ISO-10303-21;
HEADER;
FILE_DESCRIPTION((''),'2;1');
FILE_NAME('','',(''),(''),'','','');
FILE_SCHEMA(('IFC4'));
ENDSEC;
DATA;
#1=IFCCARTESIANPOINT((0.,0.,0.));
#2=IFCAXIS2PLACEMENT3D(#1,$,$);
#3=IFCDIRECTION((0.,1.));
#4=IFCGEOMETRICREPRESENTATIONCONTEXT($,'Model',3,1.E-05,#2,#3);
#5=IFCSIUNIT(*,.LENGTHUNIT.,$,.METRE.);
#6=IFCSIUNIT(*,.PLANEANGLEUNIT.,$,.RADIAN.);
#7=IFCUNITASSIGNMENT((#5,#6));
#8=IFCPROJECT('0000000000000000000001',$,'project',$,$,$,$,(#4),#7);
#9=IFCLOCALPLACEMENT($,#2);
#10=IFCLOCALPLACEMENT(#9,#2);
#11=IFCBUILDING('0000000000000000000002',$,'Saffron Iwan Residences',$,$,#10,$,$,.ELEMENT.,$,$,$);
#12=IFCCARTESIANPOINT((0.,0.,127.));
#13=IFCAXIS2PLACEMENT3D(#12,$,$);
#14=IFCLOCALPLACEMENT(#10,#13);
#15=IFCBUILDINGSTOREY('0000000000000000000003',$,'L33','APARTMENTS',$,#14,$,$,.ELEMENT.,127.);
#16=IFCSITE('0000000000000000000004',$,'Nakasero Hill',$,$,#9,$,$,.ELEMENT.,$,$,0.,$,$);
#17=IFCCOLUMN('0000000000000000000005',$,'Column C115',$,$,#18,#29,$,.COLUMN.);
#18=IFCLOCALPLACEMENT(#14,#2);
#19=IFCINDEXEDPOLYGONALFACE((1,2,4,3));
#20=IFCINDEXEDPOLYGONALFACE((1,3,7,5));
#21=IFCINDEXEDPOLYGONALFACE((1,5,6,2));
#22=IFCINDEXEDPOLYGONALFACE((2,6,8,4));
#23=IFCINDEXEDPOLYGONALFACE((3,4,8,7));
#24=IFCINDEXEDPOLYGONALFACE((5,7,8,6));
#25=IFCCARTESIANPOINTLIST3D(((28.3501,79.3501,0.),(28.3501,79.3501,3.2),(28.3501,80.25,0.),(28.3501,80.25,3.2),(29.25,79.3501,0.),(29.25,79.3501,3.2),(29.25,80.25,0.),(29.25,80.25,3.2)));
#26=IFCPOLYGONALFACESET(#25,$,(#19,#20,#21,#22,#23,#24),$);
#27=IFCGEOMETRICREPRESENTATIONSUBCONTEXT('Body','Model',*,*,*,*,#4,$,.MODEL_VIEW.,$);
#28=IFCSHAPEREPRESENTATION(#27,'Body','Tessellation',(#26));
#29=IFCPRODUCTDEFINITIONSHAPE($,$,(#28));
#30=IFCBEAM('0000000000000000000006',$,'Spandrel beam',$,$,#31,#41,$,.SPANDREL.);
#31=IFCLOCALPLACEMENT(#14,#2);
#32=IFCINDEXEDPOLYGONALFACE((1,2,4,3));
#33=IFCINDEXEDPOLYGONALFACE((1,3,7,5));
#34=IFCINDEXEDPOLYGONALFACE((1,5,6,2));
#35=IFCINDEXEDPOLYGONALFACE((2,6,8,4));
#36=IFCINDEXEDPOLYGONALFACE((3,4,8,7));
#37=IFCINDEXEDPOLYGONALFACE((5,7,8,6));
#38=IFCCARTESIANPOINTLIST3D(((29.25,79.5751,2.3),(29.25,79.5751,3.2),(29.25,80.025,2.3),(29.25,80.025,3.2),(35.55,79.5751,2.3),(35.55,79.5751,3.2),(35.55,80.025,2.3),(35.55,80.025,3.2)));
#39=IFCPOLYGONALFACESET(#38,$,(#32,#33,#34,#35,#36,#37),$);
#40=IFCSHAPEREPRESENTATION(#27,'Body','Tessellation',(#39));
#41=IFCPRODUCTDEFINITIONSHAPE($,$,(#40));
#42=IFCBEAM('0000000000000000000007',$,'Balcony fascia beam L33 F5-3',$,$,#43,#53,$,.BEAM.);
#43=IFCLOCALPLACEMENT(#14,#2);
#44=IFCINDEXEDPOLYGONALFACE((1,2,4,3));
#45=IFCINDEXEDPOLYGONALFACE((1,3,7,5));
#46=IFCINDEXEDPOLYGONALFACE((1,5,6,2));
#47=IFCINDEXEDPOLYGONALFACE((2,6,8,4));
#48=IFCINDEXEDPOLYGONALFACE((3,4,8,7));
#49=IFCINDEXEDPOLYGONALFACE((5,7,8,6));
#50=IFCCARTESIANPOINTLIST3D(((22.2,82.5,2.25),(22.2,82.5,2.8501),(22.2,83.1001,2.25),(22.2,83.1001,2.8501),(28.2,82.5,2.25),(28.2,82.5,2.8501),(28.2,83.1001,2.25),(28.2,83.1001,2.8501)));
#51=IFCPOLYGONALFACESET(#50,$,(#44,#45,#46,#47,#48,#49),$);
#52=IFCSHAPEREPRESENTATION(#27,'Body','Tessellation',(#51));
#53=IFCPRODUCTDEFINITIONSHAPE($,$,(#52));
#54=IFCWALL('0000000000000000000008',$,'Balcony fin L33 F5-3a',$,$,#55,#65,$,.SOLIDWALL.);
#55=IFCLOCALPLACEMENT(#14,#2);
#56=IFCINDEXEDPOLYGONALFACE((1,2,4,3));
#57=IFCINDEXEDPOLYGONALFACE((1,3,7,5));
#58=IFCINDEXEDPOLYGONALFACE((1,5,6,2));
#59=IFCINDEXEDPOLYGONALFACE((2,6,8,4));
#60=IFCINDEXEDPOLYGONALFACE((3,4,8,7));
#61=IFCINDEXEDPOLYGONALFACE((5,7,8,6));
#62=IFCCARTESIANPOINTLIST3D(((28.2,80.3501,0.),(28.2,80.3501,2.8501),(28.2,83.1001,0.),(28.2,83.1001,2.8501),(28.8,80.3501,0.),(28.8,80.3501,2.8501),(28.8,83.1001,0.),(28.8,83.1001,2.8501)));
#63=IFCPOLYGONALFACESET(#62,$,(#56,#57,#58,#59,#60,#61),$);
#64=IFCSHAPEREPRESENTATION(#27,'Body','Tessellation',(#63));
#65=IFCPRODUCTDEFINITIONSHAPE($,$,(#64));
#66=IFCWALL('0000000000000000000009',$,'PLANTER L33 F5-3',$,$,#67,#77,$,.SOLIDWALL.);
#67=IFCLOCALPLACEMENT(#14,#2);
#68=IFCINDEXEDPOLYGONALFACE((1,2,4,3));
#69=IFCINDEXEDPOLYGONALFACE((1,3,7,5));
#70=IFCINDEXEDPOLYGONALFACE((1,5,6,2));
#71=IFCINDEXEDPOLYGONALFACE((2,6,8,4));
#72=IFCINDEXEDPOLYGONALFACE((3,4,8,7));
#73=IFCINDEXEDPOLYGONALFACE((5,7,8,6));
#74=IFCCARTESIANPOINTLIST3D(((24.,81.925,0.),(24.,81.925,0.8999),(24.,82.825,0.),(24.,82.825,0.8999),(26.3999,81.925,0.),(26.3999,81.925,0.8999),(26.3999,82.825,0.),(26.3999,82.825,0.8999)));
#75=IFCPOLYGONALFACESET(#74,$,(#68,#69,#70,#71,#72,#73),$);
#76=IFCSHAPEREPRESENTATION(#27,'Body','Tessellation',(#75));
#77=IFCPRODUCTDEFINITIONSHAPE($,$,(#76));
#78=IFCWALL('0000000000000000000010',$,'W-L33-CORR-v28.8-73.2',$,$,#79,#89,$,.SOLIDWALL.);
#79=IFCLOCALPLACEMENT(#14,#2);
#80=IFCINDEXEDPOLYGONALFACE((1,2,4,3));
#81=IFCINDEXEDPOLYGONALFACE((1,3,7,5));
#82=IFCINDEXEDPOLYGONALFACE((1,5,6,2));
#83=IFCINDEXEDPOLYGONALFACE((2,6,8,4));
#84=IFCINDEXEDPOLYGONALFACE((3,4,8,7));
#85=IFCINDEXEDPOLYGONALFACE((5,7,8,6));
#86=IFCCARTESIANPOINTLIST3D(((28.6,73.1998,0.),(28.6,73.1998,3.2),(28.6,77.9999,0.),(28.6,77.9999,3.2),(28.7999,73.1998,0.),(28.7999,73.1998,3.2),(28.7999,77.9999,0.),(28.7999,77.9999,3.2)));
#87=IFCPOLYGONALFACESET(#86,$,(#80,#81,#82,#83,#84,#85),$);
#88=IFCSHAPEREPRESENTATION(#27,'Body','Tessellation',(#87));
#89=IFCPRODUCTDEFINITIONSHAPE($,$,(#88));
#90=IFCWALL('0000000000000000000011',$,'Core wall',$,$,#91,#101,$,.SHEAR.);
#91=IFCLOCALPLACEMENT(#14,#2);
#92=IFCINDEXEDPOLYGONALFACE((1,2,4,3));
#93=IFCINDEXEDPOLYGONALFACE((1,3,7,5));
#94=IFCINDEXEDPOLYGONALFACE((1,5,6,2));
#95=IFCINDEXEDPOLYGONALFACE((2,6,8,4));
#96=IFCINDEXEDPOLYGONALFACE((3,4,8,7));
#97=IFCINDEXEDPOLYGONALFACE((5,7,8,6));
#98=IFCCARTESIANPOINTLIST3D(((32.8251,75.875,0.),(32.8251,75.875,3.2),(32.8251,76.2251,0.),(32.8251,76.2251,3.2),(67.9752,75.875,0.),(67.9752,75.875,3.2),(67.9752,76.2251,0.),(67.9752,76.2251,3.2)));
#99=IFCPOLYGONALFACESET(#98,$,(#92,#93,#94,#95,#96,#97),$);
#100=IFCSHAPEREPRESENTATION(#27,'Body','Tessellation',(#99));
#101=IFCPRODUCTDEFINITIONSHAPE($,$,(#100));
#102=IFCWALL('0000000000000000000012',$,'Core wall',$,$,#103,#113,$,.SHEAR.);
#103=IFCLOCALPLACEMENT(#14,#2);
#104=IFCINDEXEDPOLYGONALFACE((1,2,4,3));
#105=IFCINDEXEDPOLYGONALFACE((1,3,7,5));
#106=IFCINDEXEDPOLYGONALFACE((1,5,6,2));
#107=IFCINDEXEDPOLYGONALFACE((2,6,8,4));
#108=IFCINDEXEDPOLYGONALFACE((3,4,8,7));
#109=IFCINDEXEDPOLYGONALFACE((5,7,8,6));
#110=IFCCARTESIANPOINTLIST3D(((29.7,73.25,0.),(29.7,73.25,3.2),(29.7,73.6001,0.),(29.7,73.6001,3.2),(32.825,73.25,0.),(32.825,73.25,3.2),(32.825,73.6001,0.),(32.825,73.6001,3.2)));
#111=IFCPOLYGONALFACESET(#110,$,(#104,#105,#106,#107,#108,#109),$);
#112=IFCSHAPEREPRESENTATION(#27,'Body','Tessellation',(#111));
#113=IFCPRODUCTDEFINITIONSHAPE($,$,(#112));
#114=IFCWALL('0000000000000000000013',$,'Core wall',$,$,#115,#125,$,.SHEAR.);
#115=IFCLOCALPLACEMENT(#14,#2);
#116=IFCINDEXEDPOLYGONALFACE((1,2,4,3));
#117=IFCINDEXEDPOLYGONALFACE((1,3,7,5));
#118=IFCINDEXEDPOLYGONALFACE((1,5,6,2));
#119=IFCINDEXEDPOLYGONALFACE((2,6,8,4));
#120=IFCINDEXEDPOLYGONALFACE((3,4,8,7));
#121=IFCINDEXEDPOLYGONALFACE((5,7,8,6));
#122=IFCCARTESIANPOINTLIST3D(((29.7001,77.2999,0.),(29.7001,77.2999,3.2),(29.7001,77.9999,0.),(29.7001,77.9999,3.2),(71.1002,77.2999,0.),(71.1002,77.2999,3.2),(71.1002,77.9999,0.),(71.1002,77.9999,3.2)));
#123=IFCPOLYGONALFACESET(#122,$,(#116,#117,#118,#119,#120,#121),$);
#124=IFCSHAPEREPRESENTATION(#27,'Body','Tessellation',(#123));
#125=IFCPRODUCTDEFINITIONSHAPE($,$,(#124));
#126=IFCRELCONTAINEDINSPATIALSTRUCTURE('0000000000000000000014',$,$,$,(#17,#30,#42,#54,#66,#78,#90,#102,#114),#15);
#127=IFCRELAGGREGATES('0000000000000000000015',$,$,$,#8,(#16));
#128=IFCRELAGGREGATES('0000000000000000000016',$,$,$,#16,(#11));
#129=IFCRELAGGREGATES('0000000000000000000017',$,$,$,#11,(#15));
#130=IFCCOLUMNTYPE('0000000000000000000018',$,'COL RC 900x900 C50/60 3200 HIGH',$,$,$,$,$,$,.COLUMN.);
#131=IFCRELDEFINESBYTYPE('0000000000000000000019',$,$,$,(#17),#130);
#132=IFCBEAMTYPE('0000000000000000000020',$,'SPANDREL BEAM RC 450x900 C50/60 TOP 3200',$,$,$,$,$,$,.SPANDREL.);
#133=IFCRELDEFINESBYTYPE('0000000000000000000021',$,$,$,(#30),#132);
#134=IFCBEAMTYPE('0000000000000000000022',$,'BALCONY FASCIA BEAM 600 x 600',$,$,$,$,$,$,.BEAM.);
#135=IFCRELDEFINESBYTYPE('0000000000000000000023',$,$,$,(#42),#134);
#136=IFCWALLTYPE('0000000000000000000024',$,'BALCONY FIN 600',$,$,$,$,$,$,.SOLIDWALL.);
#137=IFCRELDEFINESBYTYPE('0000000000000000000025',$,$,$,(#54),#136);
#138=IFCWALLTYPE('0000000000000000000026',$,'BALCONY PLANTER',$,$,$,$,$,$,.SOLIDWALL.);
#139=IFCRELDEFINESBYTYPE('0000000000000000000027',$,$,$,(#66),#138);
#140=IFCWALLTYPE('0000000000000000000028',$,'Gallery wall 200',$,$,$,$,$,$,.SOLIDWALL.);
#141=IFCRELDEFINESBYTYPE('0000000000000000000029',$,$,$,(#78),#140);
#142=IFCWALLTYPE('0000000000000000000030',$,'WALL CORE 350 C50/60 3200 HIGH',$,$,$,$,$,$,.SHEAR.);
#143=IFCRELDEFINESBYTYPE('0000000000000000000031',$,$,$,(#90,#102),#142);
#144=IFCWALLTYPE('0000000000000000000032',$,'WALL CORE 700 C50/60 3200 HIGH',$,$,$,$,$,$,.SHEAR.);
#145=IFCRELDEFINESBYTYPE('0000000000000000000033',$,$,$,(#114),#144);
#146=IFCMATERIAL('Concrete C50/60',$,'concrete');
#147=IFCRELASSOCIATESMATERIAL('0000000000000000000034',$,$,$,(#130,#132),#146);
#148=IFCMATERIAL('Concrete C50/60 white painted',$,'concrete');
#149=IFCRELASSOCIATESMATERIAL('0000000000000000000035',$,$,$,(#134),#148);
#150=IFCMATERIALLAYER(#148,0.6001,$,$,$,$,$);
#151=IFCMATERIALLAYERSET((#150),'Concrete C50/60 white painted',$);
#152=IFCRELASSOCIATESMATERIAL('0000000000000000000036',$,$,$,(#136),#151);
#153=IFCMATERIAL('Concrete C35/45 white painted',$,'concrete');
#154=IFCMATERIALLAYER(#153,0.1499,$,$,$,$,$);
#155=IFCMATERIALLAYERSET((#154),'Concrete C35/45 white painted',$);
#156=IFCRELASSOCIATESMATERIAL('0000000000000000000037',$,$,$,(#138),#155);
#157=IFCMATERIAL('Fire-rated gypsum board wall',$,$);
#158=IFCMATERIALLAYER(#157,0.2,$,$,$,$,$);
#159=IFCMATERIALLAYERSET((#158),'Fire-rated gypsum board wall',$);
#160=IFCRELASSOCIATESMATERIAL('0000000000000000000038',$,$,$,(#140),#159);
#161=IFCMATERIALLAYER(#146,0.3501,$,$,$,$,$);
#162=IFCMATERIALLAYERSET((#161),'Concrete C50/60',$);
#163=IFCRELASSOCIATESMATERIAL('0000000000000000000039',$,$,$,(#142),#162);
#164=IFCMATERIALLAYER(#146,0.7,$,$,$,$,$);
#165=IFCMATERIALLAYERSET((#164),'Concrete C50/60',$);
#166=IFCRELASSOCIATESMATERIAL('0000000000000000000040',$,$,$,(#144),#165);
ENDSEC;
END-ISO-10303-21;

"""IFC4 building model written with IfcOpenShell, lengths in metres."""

from ifc_helpers import new_model, si_unit, direction, frame, frame_2d, origin, origin_2d, place, context, subcontext, project, spatial, rectangle, extrude, source, transform, mapped, material, layer, layer_set, material_profile, profile_set, type_object, element, save


model = new_model("IFC4")

# Units and contexts
model_context = context("Model", 3, precision=1e-05, world=origin(), true_north=direction((0.0, 1.0)))
body_context = subcontext(model_context, "Body", "Model", "MODEL_VIEW")
ifc_project = project(units=[si_unit("LENGTHUNIT", "METRE"), si_unit("PLANEANGLEUNIT", "RADIAN")], contexts=[model_context])

# Site, building, storey
site_placement = place(None, origin())
site = spatial("IfcSite", under=ifc_project, at=site_placement, Name="Nakasero Hill", CompositionType="ELEMENT", RefElevation=0.0)
building_placement = place(site_placement, origin())
building = spatial("IfcBuilding", under=site, at=building_placement, Name="Saffron Iwan Residences", CompositionType="ELEMENT")
storey_placement = place(building_placement, frame((0.0, 0.0, 127.0)))
storey = spatial("IfcBuildingStorey", under=building, at=storey_placement, Name="L33", Description="APARTMENTS", CompositionType="ELEMENT", Elevation=127.0)

# Column
ifc_material_1 = material(Name="Concrete C50/60", Category="concrete")
ifc_material_profile_1 = material_profile(ifc_material_1, rectangle(XDim=0.8999, YDim=0.8999, at=origin_2d()), Name="RC 900x900")
ifc_profile_set_1 = profile_set([ifc_material_profile_1], Name="Concrete C50/60")
column_type = type_object("IfcColumnType", Name="COL RC 900x900 C50/60 3200 HIGH", PredefinedType="COLUMN", material=ifc_profile_set_1)
shared_shape_1 = source(origin(), body_context, "Body", "SweptSolid", [
    extrude(rectangle(XDim=0.8999, YDim=0.8999, at=origin_2d()), origin(), (0.0, 0.0, 1.0), 3.2),
])
column_placement = place(storey_placement, frame((28.8, 79.8, 0.0), z_axis=(0.0, 0.0, 1.0), x_axis=(1.0, 0.0, 0.0)))
element("IfcColumn", 1, at=column_placement, inside=storey, type_object=column_type, Name="Column C115", PredefinedType="COLUMN", context=body_context, shape_type="MappedRepresentation", body=[
    mapped(shared_shape_1, transform((0.0, 0.0, 0.0))),
])

# Beams
ifc_material_profile_2 = material_profile(ifc_material_1, rectangle(XDim=0.45, YDim=0.8999, at=origin_2d()), Name="RC 450x900")
ifc_profile_set_2 = profile_set([ifc_material_profile_2], Name="Concrete C50/60")
beam_type_1 = type_object("IfcBeamType", Name="SPANDREL BEAM RC 450x900 C50/60 TOP 3200", PredefinedType="SPANDREL", material=ifc_profile_set_2)
shared_shape_2 = source(origin(), body_context, "Body", "SweptSolid", [
    extrude(rectangle(XDim=0.45, YDim=0.8999, at=origin_2d()), origin(), (0.0, 0.0, 1.0), 6.3),
])
beam_1_placement = place(storey_placement, frame((29.25, 79.8, 2.75), z_axis=(1.0, 0.0, 0.0), x_axis=(0.0, 1.0, 0.0)))
element("IfcBeam", 2, at=beam_1_placement, inside=storey, type_object=beam_type_1, Name="Spandrel beam", PredefinedType="SPANDREL", context=body_context, shape_type="MappedRepresentation", body=[
    mapped(shared_shape_2, transform((0.0, 0.0, 0.0))),
])
ifc_material_2 = material(Name="Concrete C50/60 white painted", Category="concrete")
ifc_material_profile_3 = material_profile(ifc_material_2, rectangle(XDim=0.6001, YDim=0.6001, at=origin_2d()), Name="BALCONY FASCIA BEAM 600 x 600")
ifc_profile_set_3 = profile_set([ifc_material_profile_3], Name="Concrete C50/60 white painted")
beam_type_2 = type_object("IfcBeamType", Name="BALCONY FASCIA BEAM 600 x 600", PredefinedType="BEAM", material=ifc_profile_set_3)
shared_shape_3 = source(origin(), body_context, "Body", "SweptSolid", [
    extrude(rectangle(XDim=0.6001, YDim=0.6001, at=origin_2d()), origin(), (0.0, 0.0, 1.0), 6.0),
])
beam_2_placement = place(storey_placement, frame((28.2, 82.8, 2.55), z_axis=(-1.0, 0.0, 0.0), x_axis=(0.0, -1.0, 0.0)))
element("IfcBeam", 3, at=beam_2_placement, inside=storey, type_object=beam_type_2, Name="Balcony fascia beam L33 F5-3", PredefinedType="BEAM", context=body_context, shape_type="MappedRepresentation", body=[
    mapped(shared_shape_3, transform((0.0, 0.0, 0.0))),
])

# Walls
ifc_layer_1 = layer(ifc_material_2, 0.6001)
ifc_layer_set_1 = layer_set([ifc_layer_1], Name="Concrete C50/60 white painted")
wall_type_1 = type_object("IfcWallType", Name="BALCONY FIN 600", PredefinedType="SOLIDWALL", material=ifc_layer_set_1)
wall_1_placement = place(storey_placement, frame((28.5, 80.3501, 0.0), z_axis=(0.0, 0.0, 1.0), x_axis=(0.0, 1.0, 0.0)))
element("IfcWall", 4, at=wall_1_placement, inside=storey, type_object=wall_type_1, Name="Balcony fin L33 F5-3a", PredefinedType="SOLIDWALL", context=body_context, shape_type="SweptSolid", body=[
    extrude(rectangle(XDim=2.75, YDim=0.6001, at=frame_2d((1.375, 0.0))), origin(), (0.0, 0.0, 1.0), 2.8501),
])
ifc_material_3 = material(Name="Concrete C35/45 white painted", Category="concrete")
ifc_layer_2 = layer(ifc_material_3, 0.1499)
ifc_layer_set_2 = layer_set([ifc_layer_2], Name="Concrete C35/45 white painted")
wall_type_2 = type_object("IfcWallType", Name="BALCONY PLANTER", PredefinedType="SOLIDWALL", material=ifc_layer_set_2)
wall_2_placement = place(storey_placement, frame((26.3999, 82.375, 0.0), z_axis=(0.0, 0.0, 1.0), x_axis=(-1.0, 0.0, 0.0)))
element("IfcWall", 5, at=wall_2_placement, inside=storey, type_object=wall_type_2, Name="PLANTER L33 F5-3", PredefinedType="SOLIDWALL", context=body_context, shape_type="SweptSolid", body=[
    extrude(rectangle(XDim=2.3999, YDim=0.8999, at=frame_2d((1.2, 0.0))), origin(), (0.0, 0.0, 1.0), 0.8999),
])

# Wall
ifc_material_4 = material(Name="Fire-rated gypsum board wall")
ifc_layer_3 = layer(ifc_material_4, 0.2)
ifc_layer_set_3 = layer_set([ifc_layer_3], Name="Fire-rated gypsum board wall")
wall_type_3 = type_object("IfcWallType", Name="Gallery wall 200", PredefinedType="SOLIDWALL", material=ifc_layer_set_3)
wall_3_placement = place(storey_placement, frame((28.7, 73.2, 0.0), z_axis=(0.0, 0.0, 1.0), x_axis=(0.0, 1.0, 0.0)))
element("IfcWall", 6, at=wall_3_placement, inside=storey, type_object=wall_type_3, Name="W-L33-CORR-v28.8-73.2", PredefinedType="SOLIDWALL", context=body_context, shape_type="SweptSolid", body=[
    extrude(rectangle(XDim=4.8, YDim=0.2, at=frame_2d((2.3999, 0.0))), origin(), (0.0, 0.0, 1.0), 3.2),
])

# Shared definitions
ifc_layer_4 = layer(ifc_material_1, 0.3501)
ifc_layer_set_4 = layer_set([ifc_layer_4], Name="Concrete C50/60")
wall_type_4 = type_object("IfcWallType", Name="WALL CORE 350 C50/60 3200 HIGH", PredefinedType="SHEAR", material=ifc_layer_set_4)

# Walls
wall_4_placement = place(storey_placement, frame((32.825, 76.05, 0.0), z_axis=(0.0, 0.0, 1.0), x_axis=(1.0, 0.0, 0.0)))
element("IfcWall", 7, at=wall_4_placement, inside=storey, type_object=wall_type_4, Name="Core wall", PredefinedType="SHEAR", context=body_context, shape_type="SweptSolid", body=[
    extrude(rectangle(XDim=35.1501, YDim=0.3501, at=frame_2d((17.5752, 0.0))), origin(), (0.0, 0.0, 1.0), 3.2),
])
wall_5_placement = place(storey_placement, frame((29.7, 73.425, 0.0), z_axis=(0.0, 0.0, 1.0), x_axis=(1.0, 0.0, 0.0)))
element("IfcWall", 8, at=wall_5_placement, inside=storey, type_object=wall_type_4, Name="Core wall", PredefinedType="SHEAR", context=body_context, shape_type="SweptSolid", body=[
    extrude(rectangle(XDim=3.125, YDim=0.3501, at=frame_2d((1.5625, 0.0))), origin(), (0.0, 0.0, 1.0), 3.2),
])
ifc_layer_5 = layer(ifc_material_1, 0.7)
ifc_layer_set_5 = layer_set([ifc_layer_5], Name="Concrete C50/60")
wall_type_5 = type_object("IfcWallType", Name="WALL CORE 700 C50/60 3200 HIGH", PredefinedType="SHEAR", material=ifc_layer_set_5)
wall_6_placement = place(storey_placement, frame((29.7, 77.6499, 0.0), z_axis=(0.0, 0.0, 1.0), x_axis=(1.0, 0.0, 0.0)))
element("IfcWall", 9, at=wall_6_placement, inside=storey, type_object=wall_type_5, Name="Core wall", PredefinedType="SHEAR", context=body_context, shape_type="SweptSolid", body=[
    extrude(rectangle(XDim=41.4001, YDim=0.7, at=frame_2d((20.7002, 0.0))), origin(), (0.0, 0.0, 1.0), 3.2),
])

save(model, "model.ifc")
